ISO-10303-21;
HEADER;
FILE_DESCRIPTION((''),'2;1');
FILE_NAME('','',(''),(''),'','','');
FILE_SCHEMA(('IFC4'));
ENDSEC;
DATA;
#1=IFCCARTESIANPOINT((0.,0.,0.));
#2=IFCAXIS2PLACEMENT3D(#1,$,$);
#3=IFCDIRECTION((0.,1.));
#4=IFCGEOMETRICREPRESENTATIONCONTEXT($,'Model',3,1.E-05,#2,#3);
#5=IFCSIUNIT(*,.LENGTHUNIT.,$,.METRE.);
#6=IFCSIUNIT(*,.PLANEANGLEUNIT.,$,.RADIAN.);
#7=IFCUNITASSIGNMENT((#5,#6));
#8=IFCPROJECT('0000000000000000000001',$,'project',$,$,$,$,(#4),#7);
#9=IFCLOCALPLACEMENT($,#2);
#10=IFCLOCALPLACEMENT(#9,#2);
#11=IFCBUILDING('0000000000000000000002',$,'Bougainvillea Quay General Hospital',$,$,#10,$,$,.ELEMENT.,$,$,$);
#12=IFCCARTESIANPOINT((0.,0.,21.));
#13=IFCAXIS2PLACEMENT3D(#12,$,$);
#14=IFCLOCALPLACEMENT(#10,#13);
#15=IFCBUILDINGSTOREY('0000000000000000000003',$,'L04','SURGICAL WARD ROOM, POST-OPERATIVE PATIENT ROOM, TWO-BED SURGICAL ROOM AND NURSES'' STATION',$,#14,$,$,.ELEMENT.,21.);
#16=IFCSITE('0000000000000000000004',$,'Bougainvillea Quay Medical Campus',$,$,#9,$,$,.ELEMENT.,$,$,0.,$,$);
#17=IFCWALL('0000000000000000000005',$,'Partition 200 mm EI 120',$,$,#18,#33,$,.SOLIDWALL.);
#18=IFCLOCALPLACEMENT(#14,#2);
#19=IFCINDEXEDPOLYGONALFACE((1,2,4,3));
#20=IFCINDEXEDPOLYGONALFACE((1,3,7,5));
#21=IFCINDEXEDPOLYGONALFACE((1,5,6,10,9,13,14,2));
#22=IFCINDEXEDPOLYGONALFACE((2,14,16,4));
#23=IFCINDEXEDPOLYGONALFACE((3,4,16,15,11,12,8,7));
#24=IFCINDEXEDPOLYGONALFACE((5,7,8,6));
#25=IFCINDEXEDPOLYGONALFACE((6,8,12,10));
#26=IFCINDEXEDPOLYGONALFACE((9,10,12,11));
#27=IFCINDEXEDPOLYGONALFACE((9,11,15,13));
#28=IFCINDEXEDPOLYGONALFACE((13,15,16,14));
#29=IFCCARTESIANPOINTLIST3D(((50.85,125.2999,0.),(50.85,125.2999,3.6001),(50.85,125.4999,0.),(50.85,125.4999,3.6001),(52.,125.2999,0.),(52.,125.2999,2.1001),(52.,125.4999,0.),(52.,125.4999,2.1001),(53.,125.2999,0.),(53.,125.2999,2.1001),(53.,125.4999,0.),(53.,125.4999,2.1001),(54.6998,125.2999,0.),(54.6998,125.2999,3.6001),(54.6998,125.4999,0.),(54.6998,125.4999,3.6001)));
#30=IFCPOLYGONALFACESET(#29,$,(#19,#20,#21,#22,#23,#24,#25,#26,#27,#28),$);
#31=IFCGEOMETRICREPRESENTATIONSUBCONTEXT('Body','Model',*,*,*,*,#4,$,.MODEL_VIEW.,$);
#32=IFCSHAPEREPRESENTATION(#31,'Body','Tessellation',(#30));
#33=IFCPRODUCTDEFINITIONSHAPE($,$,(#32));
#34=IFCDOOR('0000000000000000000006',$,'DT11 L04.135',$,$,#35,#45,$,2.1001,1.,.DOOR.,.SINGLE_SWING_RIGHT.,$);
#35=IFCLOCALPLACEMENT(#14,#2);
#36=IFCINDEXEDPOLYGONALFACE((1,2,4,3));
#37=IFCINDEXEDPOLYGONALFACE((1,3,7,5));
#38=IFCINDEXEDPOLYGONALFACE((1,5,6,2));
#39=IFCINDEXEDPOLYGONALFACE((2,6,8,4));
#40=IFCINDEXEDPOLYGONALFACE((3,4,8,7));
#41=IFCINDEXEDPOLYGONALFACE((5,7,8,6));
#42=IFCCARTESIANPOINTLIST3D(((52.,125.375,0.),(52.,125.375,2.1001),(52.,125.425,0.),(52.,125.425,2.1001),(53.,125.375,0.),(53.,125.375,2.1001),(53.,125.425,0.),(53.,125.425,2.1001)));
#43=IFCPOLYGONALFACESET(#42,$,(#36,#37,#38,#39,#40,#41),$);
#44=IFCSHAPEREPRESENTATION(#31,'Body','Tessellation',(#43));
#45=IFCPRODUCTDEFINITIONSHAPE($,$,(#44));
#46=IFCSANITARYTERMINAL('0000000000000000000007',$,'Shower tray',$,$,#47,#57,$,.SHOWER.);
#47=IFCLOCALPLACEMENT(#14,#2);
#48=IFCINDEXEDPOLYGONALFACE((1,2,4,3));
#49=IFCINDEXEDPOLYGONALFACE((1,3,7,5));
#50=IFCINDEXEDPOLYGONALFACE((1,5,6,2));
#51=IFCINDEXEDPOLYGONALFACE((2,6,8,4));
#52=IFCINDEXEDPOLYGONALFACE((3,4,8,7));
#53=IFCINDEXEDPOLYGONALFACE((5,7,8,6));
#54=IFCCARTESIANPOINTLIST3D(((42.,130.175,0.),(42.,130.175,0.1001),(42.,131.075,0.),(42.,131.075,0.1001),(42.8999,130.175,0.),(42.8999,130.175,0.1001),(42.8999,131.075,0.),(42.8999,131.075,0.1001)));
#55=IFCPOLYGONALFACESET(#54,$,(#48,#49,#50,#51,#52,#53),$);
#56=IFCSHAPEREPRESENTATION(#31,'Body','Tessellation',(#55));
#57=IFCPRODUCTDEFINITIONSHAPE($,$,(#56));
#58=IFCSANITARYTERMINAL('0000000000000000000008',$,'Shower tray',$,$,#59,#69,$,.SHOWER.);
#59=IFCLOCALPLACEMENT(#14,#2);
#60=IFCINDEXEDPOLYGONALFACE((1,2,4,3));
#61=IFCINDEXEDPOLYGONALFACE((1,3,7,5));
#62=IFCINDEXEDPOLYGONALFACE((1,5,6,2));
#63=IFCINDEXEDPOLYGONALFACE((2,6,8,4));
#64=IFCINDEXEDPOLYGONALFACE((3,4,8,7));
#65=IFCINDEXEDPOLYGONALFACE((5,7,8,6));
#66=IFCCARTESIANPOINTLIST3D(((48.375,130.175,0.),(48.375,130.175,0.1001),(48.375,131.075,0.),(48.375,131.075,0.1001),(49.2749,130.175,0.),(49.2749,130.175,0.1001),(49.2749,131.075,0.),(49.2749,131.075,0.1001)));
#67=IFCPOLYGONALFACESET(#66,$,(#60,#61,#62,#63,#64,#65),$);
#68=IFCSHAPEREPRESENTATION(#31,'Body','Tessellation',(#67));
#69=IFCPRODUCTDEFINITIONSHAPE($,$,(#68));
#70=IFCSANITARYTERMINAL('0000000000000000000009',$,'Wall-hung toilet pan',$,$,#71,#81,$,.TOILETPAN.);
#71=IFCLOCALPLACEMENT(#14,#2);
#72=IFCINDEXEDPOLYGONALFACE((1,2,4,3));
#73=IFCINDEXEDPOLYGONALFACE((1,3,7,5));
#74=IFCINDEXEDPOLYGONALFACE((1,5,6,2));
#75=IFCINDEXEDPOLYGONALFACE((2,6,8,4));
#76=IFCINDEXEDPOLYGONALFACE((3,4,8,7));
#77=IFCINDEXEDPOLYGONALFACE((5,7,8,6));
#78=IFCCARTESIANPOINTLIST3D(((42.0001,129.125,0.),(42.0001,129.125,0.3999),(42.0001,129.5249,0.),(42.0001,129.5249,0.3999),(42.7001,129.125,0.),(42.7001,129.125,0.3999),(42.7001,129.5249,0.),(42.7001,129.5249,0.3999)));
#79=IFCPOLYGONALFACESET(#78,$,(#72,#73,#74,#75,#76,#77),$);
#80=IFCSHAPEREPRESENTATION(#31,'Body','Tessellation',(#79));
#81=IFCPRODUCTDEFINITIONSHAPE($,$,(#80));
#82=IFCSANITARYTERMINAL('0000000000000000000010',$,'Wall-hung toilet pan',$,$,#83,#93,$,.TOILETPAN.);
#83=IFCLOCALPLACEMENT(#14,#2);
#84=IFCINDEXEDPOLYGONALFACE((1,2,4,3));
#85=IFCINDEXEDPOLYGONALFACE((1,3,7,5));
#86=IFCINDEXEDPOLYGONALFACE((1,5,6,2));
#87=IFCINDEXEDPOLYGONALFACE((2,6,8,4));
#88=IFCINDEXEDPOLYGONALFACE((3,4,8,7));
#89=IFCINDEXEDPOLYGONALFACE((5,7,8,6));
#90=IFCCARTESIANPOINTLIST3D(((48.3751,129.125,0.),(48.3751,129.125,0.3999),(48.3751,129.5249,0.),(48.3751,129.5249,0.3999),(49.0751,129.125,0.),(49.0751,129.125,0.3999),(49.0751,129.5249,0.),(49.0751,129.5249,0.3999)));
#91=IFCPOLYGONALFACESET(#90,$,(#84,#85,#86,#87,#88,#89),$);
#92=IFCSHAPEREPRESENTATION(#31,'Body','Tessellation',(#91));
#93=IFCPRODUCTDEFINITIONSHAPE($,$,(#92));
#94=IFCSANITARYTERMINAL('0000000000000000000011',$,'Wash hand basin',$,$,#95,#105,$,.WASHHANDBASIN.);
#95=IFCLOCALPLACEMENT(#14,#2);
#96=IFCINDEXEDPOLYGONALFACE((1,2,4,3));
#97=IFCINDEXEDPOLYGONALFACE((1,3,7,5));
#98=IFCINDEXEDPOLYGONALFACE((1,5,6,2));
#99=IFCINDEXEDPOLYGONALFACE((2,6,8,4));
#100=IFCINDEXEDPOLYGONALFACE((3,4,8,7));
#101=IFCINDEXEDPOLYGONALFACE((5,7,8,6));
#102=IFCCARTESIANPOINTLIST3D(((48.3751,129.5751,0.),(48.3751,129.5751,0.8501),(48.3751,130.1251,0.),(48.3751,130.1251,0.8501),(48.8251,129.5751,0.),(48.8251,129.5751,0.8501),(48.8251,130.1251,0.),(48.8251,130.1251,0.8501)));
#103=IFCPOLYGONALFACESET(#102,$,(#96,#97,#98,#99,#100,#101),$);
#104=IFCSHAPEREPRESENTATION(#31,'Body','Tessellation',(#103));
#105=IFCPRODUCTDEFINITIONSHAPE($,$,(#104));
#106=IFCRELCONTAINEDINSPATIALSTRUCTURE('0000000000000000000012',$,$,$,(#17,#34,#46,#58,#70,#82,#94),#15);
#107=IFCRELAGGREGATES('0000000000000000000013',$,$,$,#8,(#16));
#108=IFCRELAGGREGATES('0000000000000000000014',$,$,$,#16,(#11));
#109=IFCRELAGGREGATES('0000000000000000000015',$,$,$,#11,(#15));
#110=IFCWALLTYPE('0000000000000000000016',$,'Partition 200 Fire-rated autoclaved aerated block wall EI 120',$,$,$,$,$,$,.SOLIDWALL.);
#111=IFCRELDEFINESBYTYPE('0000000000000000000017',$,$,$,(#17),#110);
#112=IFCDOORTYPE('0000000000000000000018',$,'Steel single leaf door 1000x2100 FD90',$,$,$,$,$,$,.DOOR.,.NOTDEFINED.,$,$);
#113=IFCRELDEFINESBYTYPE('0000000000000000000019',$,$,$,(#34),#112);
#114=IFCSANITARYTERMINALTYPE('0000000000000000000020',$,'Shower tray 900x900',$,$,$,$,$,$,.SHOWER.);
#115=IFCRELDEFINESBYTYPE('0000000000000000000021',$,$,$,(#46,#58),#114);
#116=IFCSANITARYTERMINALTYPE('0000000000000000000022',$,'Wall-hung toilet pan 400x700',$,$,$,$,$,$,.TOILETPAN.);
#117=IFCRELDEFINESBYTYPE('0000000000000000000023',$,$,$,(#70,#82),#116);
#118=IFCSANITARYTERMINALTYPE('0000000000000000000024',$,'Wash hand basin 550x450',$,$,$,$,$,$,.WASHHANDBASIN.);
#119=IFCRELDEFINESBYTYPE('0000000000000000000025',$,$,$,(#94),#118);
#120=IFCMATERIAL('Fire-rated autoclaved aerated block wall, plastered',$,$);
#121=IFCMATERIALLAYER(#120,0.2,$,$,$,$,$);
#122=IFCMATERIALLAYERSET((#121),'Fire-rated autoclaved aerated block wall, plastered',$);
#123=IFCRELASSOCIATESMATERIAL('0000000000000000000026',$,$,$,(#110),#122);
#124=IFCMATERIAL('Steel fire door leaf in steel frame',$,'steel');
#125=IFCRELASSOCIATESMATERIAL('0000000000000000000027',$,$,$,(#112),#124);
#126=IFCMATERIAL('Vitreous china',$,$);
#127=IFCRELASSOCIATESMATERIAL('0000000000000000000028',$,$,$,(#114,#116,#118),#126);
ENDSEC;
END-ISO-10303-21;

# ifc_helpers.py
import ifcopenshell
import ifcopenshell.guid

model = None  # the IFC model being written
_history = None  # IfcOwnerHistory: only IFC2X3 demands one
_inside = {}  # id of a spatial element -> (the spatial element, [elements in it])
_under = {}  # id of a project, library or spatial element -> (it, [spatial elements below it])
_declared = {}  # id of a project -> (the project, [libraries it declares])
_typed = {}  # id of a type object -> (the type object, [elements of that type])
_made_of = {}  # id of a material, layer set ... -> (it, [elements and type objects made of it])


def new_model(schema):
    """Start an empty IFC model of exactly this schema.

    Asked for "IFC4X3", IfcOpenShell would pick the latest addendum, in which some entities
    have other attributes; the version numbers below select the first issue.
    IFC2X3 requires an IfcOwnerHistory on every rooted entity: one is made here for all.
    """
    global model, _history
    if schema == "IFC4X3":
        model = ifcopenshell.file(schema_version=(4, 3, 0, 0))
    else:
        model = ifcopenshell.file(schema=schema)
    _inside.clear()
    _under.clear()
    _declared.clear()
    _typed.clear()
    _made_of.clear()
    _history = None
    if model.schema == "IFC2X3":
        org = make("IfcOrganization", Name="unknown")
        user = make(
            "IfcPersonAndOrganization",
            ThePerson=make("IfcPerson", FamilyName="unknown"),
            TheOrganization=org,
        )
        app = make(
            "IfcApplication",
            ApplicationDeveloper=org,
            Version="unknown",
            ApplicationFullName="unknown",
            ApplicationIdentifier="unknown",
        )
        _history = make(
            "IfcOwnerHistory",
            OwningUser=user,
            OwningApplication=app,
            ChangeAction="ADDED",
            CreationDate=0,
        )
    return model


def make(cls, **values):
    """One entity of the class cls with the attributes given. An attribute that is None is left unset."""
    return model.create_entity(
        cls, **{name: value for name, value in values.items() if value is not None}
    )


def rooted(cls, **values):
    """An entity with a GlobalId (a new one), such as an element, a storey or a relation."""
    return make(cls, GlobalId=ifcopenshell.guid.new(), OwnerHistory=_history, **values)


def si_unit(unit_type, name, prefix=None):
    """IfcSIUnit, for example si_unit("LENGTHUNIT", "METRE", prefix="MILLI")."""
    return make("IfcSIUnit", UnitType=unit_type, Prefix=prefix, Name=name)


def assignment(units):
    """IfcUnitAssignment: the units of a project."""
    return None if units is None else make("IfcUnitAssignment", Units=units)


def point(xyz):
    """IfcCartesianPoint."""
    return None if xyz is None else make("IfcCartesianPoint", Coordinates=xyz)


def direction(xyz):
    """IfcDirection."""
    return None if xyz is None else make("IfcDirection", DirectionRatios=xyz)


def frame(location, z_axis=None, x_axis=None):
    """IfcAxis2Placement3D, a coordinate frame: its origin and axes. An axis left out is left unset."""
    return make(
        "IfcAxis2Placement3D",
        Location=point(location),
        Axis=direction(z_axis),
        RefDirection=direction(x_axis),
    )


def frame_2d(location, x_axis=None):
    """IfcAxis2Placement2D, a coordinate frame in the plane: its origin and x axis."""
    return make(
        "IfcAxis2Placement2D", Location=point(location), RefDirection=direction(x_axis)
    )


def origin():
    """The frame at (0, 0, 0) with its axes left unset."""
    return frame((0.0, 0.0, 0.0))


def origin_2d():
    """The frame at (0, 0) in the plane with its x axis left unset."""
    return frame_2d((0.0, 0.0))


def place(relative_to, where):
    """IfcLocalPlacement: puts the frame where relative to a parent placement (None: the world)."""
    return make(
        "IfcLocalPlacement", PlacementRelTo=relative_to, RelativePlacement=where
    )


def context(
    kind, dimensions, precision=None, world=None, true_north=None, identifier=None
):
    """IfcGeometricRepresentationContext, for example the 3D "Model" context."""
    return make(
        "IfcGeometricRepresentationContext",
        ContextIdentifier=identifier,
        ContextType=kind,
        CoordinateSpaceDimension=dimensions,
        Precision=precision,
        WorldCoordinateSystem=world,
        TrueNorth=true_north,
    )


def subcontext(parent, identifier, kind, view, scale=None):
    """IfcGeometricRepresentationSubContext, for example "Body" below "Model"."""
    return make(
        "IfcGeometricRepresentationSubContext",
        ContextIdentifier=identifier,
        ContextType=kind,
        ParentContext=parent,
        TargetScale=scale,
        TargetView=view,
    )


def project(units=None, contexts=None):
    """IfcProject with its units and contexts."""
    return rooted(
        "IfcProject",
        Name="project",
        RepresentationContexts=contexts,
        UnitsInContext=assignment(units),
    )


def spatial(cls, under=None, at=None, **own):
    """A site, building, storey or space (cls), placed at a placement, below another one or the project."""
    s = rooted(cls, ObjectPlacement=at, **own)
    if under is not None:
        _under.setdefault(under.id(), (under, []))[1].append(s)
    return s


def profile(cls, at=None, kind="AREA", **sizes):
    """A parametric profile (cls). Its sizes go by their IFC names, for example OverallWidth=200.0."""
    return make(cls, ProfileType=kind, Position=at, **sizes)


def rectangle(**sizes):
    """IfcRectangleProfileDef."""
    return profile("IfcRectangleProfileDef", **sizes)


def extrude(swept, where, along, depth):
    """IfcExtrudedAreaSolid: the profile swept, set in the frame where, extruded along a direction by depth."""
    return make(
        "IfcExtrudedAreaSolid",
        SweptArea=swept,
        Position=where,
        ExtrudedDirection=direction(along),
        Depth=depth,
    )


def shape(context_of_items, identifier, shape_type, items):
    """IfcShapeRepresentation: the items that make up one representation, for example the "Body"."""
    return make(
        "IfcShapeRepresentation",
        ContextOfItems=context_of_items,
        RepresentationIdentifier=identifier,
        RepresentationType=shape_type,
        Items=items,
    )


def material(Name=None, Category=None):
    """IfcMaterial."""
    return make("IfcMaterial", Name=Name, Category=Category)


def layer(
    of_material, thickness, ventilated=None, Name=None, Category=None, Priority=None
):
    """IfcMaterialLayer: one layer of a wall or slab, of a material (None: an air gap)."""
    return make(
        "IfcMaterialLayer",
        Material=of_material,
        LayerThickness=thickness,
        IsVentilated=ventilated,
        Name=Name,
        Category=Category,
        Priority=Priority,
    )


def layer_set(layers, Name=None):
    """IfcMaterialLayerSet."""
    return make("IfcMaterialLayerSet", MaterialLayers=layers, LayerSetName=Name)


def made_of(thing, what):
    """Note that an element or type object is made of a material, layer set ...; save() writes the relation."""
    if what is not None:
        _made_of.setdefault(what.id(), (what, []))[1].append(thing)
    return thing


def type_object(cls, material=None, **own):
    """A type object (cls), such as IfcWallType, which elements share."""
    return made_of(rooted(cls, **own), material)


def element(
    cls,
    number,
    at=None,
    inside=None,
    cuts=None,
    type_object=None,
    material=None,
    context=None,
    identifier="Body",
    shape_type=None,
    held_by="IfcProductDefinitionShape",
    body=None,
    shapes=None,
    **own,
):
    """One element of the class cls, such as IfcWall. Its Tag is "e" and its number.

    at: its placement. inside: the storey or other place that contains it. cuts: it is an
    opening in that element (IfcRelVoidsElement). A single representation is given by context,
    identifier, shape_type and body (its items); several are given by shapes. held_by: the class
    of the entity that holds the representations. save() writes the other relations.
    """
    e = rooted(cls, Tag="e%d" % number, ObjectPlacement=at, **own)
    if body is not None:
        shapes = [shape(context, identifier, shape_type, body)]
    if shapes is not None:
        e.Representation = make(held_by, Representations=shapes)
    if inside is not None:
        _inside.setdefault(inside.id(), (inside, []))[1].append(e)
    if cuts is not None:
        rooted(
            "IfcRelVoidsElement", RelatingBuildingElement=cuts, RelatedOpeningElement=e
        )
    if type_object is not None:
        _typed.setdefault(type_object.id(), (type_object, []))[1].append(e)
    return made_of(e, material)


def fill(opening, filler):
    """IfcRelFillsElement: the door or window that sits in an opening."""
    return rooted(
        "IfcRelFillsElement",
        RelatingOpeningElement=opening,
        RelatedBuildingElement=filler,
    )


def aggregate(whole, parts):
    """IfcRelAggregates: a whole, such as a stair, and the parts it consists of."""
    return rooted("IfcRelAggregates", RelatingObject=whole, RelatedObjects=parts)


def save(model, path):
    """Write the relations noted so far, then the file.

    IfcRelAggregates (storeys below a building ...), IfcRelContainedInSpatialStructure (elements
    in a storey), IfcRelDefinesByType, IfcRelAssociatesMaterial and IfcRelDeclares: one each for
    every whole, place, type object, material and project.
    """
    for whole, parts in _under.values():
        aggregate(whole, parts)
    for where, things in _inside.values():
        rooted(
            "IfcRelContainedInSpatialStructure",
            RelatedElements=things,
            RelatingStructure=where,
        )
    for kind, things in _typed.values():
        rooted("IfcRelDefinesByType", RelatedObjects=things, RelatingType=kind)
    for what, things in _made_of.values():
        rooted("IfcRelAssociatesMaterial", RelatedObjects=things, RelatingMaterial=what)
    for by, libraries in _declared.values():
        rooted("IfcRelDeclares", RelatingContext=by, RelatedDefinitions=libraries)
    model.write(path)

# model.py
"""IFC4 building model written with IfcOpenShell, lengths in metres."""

from ifc_helpers import new_model, si_unit, direction, frame, frame_2d, origin, origin_2d, place, context, subcontext, project, spatial, rectangle, extrude, material, layer, layer_set, type_object, element, fill, save


model = new_model("IFC4")

# Units and contexts
model_context = context("Model", 3, precision=1e-05, world=origin(), true_north=direction((0.0, 1.0)))
body_context = subcontext(model_context, "Body", "Model", "MODEL_VIEW")
ifc_project = project(units=[si_unit("LENGTHUNIT", "METRE"), si_unit("PLANEANGLEUNIT", "RADIAN")], contexts=[model_context])

# Site, building, storey
site_placement = place(None, origin())
site = spatial("IfcSite", under=ifc_project, at=site_placement, Name="Bougainvillea Quay Medical Campus", CompositionType="ELEMENT", RefElevation=0.0)
building_placement = place(site_placement, origin())
building = spatial("IfcBuilding", under=site, at=building_placement, Name="Bougainvillea Quay General Hospital", CompositionType="ELEMENT")
storey_placement = place(building_placement, frame((0.0, 0.0, 21.0)))
storey = spatial("IfcBuildingStorey", under=building, at=storey_placement, Name="L04", Description="SURGICAL WARD ROOM, POST-OPERATIVE PATIENT ROOM, TWO-BED SURGICAL ROOM AND NURSES' STATION", CompositionType="ELEMENT", Elevation=21.0)

# Wall, opening, door
ifc_material_1 = material(Name="Fire-rated autoclaved aerated block wall, plastered")
ifc_layer_1 = layer(ifc_material_1, 0.2)
ifc_layer_set_1 = layer_set([ifc_layer_1], Name="Fire-rated autoclaved aerated block wall, plastered")
wall_type_1 = type_object("IfcWallType", Name="Partition 200 Fire-rated autoclaved aerated block wall EI 120", PredefinedType="SOLIDWALL", material=ifc_layer_set_1)
ifc_material_2 = material(Name="Steel fire door leaf in steel frame", Category="steel")
wall_1_placement = place(storey_placement, frame((50.8501, 125.3999, 0.0), z_axis=(0.0, 0.0, 1.0), x_axis=(1.0, 0.0, 0.0)))
wall_1 = element("IfcWall", 1, at=wall_1_placement, inside=storey, type_object=wall_type_1, Name="Partition 200 mm EI 120", PredefinedType="SOLIDWALL", context=body_context, shape_type="SweptSolid", body=[
    extrude(rectangle(XDim=3.8499, YDim=0.2, at=frame_2d((1.9248, 0.0))), origin(), (0.0, 0.0, 1.0), 3.6001),
])
opening_1_placement = place(wall_1_placement, frame((1.1499, 0.0, 0.0)))
opening_1 = element("IfcOpeningElement", 2, at=opening_1_placement, cuts=wall_1, PredefinedType="OPENING", context=body_context, shape_type="SweptSolid", body=[
    extrude(rectangle(XDim=1.0, YDim=2.1001, at=frame_2d((0.5, 1.05))), frame((0.0, 0.1099, 0.0), z_axis=(0.0, -1.0, 0.0), x_axis=(1.0, 0.0, 0.0)), (0.0, 0.0, 1.0), 0.22),
])
door_type_1 = type_object("IfcDoorType", Name="Steel single leaf door 1000x2100 FD90", OperationType="NOTDEFINED", PredefinedType="DOOR", material=ifc_material_2)
door_1_placement = place(opening_1_placement, frame((1.0, 0.0, 0.0), z_axis=(0.0, 0.0, 1.0), x_axis=(-1.0, 0.0, 0.0)))
door_1 = element("IfcDoor", 3, at=door_1_placement, inside=storey, type_object=door_type_1, Name="DT11 L04.135", OperationType="SINGLE_SWING_RIGHT", OverallHeight=2.1001, OverallWidth=1.0, PredefinedType="DOOR", context=body_context, shape_type="SweptSolid", body=[
    extrude(rectangle(XDim=1.0, YDim=2.1001, at=frame_2d((0.5, 1.05))), frame((0.0, 0.0249, 0.0), z_axis=(0.0, -1.0, 0.0), x_axis=(1.0, 0.0, 0.0)), (0.0, 0.0, 1.0), 0.05),
])
fill(opening_1, door_1)

# Sanitary terminals
ifc_material_3 = material(Name="Vitreous china")
sanitary_terminal_type_1 = type_object("IfcSanitaryTerminalType", Name="Shower tray 900x900", PredefinedType="SHOWER", material=ifc_material_3)
for number, where, z_axis, x_axis, name in (
    (4, (42.45, 130.625, 0.0), (0.0, 0.0, 1.0), (0.0, 1.0, 0.0), "Shower tray"),
    (5, (48.825, 130.625, 0.0), (0.0, 0.0, 1.0), (0.0, 1.0, 0.0), "Shower tray"),
):
    element("IfcSanitaryTerminal", number, at=place(storey_placement, frame(where, z_axis=z_axis, x_axis=x_axis)), inside=storey, type_object=sanitary_terminal_type_1, Name=name, PredefinedType="SHOWER", context=body_context, shape_type="SweptSolid", body=[
        extrude(rectangle(XDim=0.8999, YDim=0.8999, at=origin_2d()), origin(), (0.0, 0.0, 1.0), 0.1001),
    ])
sanitary_terminal_type_2 = type_object("IfcSanitaryTerminalType", Name="Wall-hung toilet pan 400x700", PredefinedType="TOILETPAN", material=ifc_material_3)
for number, where, z_axis, x_axis, name in (
    (6, (42.3501, 129.325, 0.0), (0.0, 0.0, 1.0), (0.0, 1.0, 0.0), "Wall-hung toilet pan"),
    (7, (48.7251, 129.325, 0.0), (0.0, 0.0, 1.0), (0.0, 1.0, 0.0), "Wall-hung toilet pan"),
):
    element("IfcSanitaryTerminal", number, at=place(storey_placement, frame(where, z_axis=z_axis, x_axis=x_axis)), inside=storey, type_object=sanitary_terminal_type_2, Name=name, PredefinedType="TOILETPAN", context=body_context, shape_type="SweptSolid", body=[
        extrude(rectangle(XDim=0.3999, YDim=0.7, at=origin_2d()), origin(), (0.0, 0.0, 1.0), 0.3999),
    ])
sanitary_terminal_type_3 = type_object("IfcSanitaryTerminalType", Name="Wash hand basin 550x450", PredefinedType="WASHHANDBASIN", material=ifc_material_3)
sanitary_terminal_placement = place(storey_placement, frame((48.6001, 129.8501, 0.0), z_axis=(0.0, 0.0, 1.0), x_axis=(0.0, 1.0, 0.0)))
element("IfcSanitaryTerminal", 8, at=sanitary_terminal_placement, inside=storey, type_object=sanitary_terminal_type_3, Name="Wash hand basin", PredefinedType="WASHHANDBASIN", context=body_context, shape_type="SweptSolid", body=[
    extrude(rectangle(XDim=0.55, YDim=0.45, at=origin_2d()), origin(), (0.0, 0.0, 1.0), 0.8501),
])

save(model, "model.ifc")
